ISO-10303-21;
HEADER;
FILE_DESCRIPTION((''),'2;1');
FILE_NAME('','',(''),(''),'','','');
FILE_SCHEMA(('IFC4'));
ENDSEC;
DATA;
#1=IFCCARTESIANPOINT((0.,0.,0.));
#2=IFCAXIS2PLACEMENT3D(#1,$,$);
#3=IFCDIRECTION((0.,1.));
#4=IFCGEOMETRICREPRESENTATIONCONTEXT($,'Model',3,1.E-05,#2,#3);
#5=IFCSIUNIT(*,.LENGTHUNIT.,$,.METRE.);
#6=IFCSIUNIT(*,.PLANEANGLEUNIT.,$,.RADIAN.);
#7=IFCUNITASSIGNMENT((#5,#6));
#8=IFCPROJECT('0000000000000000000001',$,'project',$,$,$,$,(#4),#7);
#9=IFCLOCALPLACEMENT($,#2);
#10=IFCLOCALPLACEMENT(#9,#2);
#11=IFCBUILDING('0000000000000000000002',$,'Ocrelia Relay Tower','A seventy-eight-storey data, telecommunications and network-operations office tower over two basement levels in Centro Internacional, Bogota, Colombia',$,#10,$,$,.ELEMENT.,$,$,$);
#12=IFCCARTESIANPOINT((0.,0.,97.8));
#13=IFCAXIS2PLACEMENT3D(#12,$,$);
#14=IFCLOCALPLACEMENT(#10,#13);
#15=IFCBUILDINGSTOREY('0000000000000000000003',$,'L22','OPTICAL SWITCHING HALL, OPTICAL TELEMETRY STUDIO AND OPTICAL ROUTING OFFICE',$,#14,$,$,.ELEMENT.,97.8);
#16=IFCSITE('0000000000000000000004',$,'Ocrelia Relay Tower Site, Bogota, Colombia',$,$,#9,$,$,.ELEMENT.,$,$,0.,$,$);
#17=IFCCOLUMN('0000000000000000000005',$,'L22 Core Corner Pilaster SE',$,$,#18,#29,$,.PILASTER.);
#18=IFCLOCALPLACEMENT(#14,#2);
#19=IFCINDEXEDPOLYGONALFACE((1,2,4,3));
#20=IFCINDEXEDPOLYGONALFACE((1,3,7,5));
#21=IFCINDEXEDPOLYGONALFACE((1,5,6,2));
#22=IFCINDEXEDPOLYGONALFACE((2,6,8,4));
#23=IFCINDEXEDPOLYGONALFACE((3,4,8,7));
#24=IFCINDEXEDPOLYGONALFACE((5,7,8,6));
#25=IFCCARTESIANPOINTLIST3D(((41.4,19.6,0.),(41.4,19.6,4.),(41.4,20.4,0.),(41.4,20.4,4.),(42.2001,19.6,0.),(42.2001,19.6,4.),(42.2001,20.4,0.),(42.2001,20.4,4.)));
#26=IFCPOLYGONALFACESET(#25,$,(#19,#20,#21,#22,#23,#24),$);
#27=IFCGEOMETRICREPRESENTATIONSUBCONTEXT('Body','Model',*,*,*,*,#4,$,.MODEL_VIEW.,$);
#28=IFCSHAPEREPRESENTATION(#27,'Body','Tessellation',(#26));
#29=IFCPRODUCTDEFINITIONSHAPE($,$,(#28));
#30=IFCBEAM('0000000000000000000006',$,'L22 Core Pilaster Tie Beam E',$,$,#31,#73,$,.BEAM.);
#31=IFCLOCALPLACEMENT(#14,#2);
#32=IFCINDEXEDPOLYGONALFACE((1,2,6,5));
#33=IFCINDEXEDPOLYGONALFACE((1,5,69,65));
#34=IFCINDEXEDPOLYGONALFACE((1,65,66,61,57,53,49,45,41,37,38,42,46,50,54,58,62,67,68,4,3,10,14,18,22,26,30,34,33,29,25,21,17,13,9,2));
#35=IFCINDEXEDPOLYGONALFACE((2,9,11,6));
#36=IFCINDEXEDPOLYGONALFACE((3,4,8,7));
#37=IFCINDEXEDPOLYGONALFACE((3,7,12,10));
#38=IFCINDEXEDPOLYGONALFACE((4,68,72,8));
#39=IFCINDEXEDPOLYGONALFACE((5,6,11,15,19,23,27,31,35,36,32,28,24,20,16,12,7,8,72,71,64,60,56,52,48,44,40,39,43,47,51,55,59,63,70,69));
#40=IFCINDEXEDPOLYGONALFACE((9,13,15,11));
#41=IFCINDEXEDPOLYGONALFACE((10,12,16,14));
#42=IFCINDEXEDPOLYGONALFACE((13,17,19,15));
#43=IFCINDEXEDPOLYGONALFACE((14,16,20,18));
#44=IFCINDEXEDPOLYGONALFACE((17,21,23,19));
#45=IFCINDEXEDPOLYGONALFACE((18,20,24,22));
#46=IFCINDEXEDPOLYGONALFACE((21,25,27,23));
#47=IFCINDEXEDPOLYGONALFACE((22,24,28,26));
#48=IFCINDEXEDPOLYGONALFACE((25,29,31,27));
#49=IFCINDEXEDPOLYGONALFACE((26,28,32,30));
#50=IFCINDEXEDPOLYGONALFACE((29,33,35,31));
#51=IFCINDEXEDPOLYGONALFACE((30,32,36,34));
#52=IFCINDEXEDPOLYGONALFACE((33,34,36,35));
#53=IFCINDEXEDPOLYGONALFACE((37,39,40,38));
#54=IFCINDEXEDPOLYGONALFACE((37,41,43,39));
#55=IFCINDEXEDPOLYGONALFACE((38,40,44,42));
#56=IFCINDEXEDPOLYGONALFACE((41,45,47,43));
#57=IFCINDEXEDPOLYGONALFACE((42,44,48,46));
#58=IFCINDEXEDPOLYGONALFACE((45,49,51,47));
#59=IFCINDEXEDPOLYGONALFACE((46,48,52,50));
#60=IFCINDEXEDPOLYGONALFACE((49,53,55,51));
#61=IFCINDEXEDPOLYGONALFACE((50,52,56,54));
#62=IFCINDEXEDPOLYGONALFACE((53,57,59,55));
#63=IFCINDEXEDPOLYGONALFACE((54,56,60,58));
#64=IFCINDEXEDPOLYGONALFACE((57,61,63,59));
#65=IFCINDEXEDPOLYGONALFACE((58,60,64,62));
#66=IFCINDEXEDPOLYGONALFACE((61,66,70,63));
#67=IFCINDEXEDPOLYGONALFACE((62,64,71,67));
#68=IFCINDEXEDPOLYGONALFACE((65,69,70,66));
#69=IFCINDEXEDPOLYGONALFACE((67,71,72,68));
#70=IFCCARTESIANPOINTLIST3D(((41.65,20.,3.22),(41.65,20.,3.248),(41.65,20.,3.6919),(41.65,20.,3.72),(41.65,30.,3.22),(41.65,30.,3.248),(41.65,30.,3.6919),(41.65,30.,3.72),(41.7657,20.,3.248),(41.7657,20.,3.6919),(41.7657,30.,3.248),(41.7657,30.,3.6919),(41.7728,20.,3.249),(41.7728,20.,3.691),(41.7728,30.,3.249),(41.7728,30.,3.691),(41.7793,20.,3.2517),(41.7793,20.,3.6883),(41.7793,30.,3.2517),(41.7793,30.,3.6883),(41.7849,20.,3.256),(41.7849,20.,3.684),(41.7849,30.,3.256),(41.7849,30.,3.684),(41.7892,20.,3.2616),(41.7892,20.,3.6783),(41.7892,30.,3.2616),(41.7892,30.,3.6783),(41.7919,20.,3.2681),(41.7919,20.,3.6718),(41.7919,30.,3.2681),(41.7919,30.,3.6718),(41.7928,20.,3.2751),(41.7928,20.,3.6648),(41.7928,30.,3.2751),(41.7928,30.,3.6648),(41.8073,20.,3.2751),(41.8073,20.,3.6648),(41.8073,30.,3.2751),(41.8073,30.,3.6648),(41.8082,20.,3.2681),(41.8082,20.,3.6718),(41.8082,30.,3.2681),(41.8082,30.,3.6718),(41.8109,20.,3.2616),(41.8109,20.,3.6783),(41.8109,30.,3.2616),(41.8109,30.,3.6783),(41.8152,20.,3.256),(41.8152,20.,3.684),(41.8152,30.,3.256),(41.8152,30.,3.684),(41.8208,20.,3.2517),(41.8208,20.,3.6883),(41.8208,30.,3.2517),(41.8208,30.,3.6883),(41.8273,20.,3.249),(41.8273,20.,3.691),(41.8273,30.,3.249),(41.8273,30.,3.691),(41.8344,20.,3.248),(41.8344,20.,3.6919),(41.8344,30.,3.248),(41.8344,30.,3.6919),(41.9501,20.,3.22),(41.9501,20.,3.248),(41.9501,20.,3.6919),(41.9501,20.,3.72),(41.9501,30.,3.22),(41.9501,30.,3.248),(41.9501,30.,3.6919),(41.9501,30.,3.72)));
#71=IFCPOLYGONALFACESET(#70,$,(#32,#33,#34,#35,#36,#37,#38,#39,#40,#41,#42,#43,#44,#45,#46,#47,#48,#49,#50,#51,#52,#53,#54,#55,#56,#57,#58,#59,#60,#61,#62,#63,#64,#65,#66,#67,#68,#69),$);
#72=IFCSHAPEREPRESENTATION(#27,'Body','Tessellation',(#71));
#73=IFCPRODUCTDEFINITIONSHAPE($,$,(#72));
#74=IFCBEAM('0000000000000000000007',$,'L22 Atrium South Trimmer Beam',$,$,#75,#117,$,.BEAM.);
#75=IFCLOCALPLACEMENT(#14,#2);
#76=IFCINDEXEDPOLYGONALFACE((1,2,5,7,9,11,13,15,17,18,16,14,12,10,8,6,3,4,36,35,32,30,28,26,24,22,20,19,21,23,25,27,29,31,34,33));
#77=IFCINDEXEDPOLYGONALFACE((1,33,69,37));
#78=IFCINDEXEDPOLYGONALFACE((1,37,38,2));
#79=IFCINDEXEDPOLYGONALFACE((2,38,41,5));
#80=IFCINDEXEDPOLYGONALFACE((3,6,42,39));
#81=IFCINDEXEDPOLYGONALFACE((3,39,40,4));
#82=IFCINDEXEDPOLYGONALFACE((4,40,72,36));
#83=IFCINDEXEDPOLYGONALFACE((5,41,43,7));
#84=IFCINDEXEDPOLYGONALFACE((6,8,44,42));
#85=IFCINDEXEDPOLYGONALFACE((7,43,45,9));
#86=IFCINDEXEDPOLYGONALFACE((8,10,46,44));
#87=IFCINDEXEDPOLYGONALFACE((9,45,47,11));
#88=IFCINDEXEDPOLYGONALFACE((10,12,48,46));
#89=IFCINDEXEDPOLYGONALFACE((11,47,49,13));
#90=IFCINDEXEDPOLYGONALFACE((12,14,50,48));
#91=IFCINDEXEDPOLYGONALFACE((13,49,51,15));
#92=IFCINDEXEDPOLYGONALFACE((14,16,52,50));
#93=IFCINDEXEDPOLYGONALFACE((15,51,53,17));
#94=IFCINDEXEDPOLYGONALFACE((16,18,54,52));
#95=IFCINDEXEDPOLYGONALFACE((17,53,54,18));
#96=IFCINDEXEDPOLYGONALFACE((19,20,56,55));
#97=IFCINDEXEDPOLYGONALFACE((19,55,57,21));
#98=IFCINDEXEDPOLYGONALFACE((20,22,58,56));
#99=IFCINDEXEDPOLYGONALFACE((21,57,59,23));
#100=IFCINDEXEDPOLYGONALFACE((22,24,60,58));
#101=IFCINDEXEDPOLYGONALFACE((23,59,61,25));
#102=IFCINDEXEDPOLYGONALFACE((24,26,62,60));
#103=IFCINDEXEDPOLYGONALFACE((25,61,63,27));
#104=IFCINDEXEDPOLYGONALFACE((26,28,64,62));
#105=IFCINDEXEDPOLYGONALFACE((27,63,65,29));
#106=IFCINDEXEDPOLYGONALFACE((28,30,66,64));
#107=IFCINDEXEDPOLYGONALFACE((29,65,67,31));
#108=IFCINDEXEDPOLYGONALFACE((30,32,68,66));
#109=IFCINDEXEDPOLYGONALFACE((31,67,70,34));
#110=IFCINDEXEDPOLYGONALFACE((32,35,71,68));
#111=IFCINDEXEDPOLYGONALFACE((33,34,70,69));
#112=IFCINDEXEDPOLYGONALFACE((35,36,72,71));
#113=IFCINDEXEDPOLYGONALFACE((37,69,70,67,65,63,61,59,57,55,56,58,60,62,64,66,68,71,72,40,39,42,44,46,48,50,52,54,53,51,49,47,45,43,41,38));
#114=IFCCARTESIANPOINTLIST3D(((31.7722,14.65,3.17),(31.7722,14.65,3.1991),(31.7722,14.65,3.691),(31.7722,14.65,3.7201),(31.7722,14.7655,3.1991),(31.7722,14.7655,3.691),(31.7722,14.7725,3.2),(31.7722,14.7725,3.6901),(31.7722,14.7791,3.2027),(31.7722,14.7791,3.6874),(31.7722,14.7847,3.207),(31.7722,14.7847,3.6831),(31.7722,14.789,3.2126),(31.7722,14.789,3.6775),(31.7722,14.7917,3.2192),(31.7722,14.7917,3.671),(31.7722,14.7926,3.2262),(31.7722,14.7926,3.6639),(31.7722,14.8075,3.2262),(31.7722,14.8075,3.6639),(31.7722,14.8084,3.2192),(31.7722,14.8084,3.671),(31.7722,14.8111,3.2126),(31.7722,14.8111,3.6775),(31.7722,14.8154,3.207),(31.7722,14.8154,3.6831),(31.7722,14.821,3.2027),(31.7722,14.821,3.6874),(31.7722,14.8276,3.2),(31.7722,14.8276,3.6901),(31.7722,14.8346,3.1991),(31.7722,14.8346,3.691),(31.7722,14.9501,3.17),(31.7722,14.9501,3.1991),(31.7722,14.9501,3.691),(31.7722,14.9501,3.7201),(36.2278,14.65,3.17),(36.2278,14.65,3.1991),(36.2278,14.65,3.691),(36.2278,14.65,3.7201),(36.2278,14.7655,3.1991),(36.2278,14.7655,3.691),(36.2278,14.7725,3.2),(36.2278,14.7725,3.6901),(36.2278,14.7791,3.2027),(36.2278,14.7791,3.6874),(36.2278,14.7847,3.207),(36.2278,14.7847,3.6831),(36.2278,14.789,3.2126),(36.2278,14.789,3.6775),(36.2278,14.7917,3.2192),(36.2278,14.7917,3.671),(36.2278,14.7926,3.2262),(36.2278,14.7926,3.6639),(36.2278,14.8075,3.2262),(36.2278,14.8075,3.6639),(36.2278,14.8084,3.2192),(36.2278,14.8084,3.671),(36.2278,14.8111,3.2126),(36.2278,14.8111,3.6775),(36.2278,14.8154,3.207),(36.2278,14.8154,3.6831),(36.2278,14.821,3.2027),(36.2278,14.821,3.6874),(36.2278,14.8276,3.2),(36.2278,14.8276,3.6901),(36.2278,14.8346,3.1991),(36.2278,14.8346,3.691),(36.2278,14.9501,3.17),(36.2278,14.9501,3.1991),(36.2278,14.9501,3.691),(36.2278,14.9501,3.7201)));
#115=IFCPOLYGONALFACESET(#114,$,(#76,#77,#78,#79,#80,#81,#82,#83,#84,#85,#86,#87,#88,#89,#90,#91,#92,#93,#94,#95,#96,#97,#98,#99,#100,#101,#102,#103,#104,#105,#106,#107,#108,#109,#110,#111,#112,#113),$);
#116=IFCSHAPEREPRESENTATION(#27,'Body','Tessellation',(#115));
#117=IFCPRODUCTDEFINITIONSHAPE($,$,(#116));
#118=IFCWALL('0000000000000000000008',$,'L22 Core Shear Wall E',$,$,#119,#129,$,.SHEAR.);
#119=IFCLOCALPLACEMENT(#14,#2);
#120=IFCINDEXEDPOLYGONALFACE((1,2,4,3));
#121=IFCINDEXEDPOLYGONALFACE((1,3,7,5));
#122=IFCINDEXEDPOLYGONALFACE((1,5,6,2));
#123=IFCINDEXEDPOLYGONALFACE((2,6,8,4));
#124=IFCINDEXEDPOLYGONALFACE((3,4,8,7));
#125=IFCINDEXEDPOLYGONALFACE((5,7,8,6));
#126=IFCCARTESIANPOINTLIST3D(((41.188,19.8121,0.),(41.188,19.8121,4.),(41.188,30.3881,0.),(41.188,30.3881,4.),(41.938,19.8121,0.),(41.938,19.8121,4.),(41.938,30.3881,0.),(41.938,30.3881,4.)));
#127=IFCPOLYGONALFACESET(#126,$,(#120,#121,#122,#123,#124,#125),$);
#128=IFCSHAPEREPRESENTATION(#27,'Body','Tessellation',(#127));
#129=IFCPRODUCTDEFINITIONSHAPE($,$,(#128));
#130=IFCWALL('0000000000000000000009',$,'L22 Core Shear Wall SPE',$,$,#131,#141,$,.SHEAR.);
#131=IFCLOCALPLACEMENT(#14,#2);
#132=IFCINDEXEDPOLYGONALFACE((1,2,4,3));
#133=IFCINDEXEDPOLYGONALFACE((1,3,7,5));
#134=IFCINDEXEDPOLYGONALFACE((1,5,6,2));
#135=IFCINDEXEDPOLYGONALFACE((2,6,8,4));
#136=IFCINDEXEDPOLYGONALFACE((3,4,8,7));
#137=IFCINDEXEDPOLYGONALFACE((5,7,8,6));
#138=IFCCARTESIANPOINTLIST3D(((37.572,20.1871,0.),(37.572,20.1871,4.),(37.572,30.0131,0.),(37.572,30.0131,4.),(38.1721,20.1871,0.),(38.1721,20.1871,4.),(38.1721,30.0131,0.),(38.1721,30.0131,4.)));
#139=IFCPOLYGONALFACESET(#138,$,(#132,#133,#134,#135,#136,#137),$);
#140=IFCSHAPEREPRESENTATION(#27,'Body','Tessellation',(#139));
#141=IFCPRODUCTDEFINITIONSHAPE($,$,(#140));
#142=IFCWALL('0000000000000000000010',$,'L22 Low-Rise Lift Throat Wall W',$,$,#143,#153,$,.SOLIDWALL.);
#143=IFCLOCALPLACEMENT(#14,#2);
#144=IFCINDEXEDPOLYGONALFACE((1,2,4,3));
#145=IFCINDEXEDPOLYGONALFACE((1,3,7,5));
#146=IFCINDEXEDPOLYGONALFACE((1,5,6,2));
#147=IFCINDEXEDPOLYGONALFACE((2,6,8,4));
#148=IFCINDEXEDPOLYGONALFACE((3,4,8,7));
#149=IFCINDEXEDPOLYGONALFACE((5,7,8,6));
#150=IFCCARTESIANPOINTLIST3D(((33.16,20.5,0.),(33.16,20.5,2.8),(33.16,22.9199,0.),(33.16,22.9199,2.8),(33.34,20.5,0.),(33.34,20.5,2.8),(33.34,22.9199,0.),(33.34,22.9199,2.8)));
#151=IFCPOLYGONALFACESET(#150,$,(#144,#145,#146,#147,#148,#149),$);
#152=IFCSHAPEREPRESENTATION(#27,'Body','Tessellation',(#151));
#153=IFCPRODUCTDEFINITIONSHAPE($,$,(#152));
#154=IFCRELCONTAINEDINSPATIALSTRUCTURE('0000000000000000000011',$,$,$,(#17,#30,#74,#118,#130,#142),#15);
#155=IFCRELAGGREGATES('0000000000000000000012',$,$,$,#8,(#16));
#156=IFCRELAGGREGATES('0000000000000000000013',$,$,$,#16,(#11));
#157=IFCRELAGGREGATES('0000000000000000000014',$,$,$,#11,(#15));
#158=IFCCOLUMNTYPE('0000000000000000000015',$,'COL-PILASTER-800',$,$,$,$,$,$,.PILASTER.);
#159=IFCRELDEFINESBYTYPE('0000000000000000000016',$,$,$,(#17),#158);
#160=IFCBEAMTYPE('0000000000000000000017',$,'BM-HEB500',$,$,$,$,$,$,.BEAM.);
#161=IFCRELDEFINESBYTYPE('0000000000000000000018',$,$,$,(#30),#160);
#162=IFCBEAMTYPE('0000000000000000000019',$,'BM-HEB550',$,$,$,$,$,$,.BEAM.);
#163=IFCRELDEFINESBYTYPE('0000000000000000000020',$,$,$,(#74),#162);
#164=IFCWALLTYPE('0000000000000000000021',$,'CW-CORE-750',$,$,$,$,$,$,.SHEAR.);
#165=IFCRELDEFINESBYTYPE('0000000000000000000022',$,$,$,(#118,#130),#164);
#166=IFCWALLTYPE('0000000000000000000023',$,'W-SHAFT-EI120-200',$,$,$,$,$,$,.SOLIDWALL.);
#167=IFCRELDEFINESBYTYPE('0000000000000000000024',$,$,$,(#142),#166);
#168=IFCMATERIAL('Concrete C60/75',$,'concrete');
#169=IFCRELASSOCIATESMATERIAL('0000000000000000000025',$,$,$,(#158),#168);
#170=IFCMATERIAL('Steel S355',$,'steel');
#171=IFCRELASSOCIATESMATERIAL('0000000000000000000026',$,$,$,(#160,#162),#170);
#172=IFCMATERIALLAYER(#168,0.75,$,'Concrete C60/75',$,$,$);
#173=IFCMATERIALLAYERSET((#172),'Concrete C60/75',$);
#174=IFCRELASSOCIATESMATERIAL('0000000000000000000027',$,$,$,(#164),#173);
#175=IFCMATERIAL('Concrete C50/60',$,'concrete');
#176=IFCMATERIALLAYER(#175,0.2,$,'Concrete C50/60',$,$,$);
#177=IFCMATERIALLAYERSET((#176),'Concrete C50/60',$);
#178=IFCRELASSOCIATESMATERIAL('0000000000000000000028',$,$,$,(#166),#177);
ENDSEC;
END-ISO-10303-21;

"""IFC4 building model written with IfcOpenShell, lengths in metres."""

from ifc_helpers import new_model, si_unit, direction, frame, frame_2d, origin, origin_2d, place, context, subcontext, project, spatial, rectangle, i_section, extrude, material, layer, layer_set, material_profile, profile_set, type_object, element, save


model = new_model("IFC4")

# Units and contexts
model_context = context("Model", 3, precision=1e-05, world=origin(), true_north=direction((0.0, 1.0)))
body_context = subcontext(model_context, "Body", "Model", "MODEL_VIEW")
ifc_project = project(units=[si_unit("LENGTHUNIT", "METRE"), si_unit("PLANEANGLEUNIT", "RADIAN")], contexts=[model_context])

# Site, building, storey
site_placement = place(None, origin())
site = spatial("IfcSite", under=ifc_project, at=site_placement, Name="Ocrelia Relay Tower Site, Bogota, Colombia", CompositionType="ELEMENT", RefElevation=0.0)
building_placement = place(site_placement, origin())
building = spatial("IfcBuilding", under=site, at=building_placement, Name="Ocrelia Relay Tower", Description="A seventy-eight-storey data, telecommunications and network-operations office tower over two basement levels in Centro Internacional, Bogota, Colombia", CompositionType="ELEMENT")
storey_placement = place(building_placement, frame((0.0, 0.0, 97.8)))
storey = spatial("IfcBuildingStorey", under=building, at=storey_placement, Name="L22", Description="OPTICAL SWITCHING HALL, OPTICAL TELEMETRY STUDIO AND OPTICAL ROUTING OFFICE", CompositionType="ELEMENT", Elevation=97.8)

# Column
ifc_material_1 = material(Name="Concrete C60/75", Category="concrete")
ifc_material_profile_1 = material_profile(ifc_material_1, rectangle(XDim=0.8, YDim=0.8, at=origin_2d()), Name="RC-COL-800x800")
ifc_profile_set_1 = profile_set([ifc_material_profile_1], Name="Concrete C60/75")
column_type = type_object("IfcColumnType", Name="COL-PILASTER-800", PredefinedType="PILASTER", material=ifc_profile_set_1)
column_placement = place(storey_placement, frame((41.8, 20.0, 0.0), z_axis=(0.0, 0.0, 1.0), x_axis=(1.0, 0.0, 0.0)))
element("IfcColumn", 1, at=column_placement, inside=storey, type_object=column_type, Name="L22 Core Corner Pilaster SE", PredefinedType="PILASTER", context=body_context, shape_type="SweptSolid", body=[
    extrude(rectangle(XDim=0.8, YDim=0.8, at=origin_2d()), origin(), (0.0, 0.0, 1.0), 4.0),
])

# Beams
ifc_material_2 = material(Name="Steel S355", Category="steel")
ifc_material_profile_2 = material_profile(ifc_material_2, i_section(OverallWidth=0.3, OverallDepth=0.5, WebThickness=0.0144, FlangeThickness=0.0281, FilletRadius=0.0271, at=origin_2d()), Name="HEB 500")
ifc_profile_set_2 = profile_set([ifc_material_profile_2], Name="Steel S355")
beam_type_1 = type_object("IfcBeamType", Name="BM-HEB500", PredefinedType="BEAM", material=ifc_profile_set_2)
beam_1_placement = place(storey_placement, frame((41.8, 20.0, 3.47), z_axis=(0.0, 1.0, 0.0), x_axis=(-1.0, 0.0, 0.0)))
element("IfcBeam", 2, at=beam_1_placement, inside=storey, type_object=beam_type_1, Name="L22 Core Pilaster Tie Beam E", PredefinedType="BEAM", context=body_context, shape_type="SweptSolid", body=[
    extrude(i_section(OverallWidth=0.3, OverallDepth=0.5, WebThickness=0.0144, FlangeThickness=0.0281, FilletRadius=0.0271, at=origin_2d()), origin(), (0.0, 0.0, 1.0), 10.0),
])
ifc_material_profile_3 = material_profile(ifc_material_2, i_section(OverallWidth=0.3, OverallDepth=0.55, WebThickness=0.0149, FlangeThickness=0.0291, FilletRadius=0.0271, at=origin_2d()), Name="HEB 550")
ifc_profile_set_3 = profile_set([ifc_material_profile_3], Name="Steel S355")
beam_type_2 = type_object("IfcBeamType", Name="BM-HEB550", PredefinedType="BEAM", material=ifc_profile_set_3)
beam_2_placement = place(storey_placement, frame((31.7722, 14.8, 3.4451), z_axis=(1.0, 0.0, 0.0), x_axis=(0.0, 1.0, 0.0)))
element("IfcBeam", 3, at=beam_2_placement, inside=storey, type_object=beam_type_2, Name="L22 Atrium South Trimmer Beam", PredefinedType="BEAM", context=body_context, shape_type="SweptSolid", body=[
    extrude(i_section(OverallWidth=0.3, OverallDepth=0.55, WebThickness=0.0149, FlangeThickness=0.0291, FilletRadius=0.0271, at=origin_2d()), origin(), (0.0, 0.0, 1.0), 4.4556),
])

# Walls
ifc_layer_1 = layer(ifc_material_1, 0.75, Name="Concrete C60/75")
ifc_layer_set_1 = layer_set([ifc_layer_1], Name="Concrete C60/75")
wall_type_1 = type_object("IfcWallType", Name="CW-CORE-750", PredefinedType="SHEAR", material=ifc_layer_set_1)
wall_1_placement = place(storey_placement, frame((41.563, 19.812, 0.0), z_axis=(0.0, 0.0, 1.0), x_axis=(0.0, 1.0, 0.0)))
element("IfcWall", 4, at=wall_1_placement, inside=storey, type_object=wall_type_1, Name="L22 Core Shear Wall E", PredefinedType="SHEAR", context=body_context, shape_type="SweptSolid", body=[
    extrude(rectangle(XDim=10.5759, YDim=0.75, at=frame_2d((5.2881, 0.0))), origin(), (0.0, 0.0, 1.0), 4.0),
])
wall_2_placement = place(storey_placement, frame((37.8721, 20.187, 0.0), z_axis=(0.0, 0.0, 1.0), x_axis=(0.0, 1.0, 0.0)))
element("IfcWall", 5, at=wall_2_placement, inside=storey, type_object=wall_type_1, Name="L22 Core Shear Wall SPE", PredefinedType="SHEAR", context=body_context, shape_type="SweptSolid", body=[
    extrude(rectangle(XDim=9.8259, YDim=0.6001, at=frame_2d((4.9131, 0.0))), origin(), (0.0, 0.0, 1.0), 4.0),
])
ifc_material_3 = material(Name="Concrete C50/60", Category="concrete")
ifc_layer_2 = layer(ifc_material_3, 0.2, Name="Concrete C50/60")
ifc_layer_set_2 = layer_set([ifc_layer_2], Name="Concrete C50/60")
wall_type_2 = type_object("IfcWallType", Name="W-SHAFT-EI120-200", PredefinedType="SOLIDWALL", material=ifc_layer_set_2)
wall_3_placement = place(storey_placement, frame((33.25, 20.5, 0.0), z_axis=(0.0, 0.0, 1.0), x_axis=(0.0, 1.0, 0.0)))
element("IfcWall", 6, at=wall_3_placement, inside=storey, type_object=wall_type_2, Name="L22 Low-Rise Lift Throat Wall W", PredefinedType="SOLIDWALL", context=body_context, shape_type="SweptSolid", body=[
    extrude(rectangle(XDim=2.4199, YDim=0.1799, at=frame_2d((1.21, 0.0))), origin(), (0.0, 0.0, 1.0), 2.8),
])

save(model, "model.ifc")
